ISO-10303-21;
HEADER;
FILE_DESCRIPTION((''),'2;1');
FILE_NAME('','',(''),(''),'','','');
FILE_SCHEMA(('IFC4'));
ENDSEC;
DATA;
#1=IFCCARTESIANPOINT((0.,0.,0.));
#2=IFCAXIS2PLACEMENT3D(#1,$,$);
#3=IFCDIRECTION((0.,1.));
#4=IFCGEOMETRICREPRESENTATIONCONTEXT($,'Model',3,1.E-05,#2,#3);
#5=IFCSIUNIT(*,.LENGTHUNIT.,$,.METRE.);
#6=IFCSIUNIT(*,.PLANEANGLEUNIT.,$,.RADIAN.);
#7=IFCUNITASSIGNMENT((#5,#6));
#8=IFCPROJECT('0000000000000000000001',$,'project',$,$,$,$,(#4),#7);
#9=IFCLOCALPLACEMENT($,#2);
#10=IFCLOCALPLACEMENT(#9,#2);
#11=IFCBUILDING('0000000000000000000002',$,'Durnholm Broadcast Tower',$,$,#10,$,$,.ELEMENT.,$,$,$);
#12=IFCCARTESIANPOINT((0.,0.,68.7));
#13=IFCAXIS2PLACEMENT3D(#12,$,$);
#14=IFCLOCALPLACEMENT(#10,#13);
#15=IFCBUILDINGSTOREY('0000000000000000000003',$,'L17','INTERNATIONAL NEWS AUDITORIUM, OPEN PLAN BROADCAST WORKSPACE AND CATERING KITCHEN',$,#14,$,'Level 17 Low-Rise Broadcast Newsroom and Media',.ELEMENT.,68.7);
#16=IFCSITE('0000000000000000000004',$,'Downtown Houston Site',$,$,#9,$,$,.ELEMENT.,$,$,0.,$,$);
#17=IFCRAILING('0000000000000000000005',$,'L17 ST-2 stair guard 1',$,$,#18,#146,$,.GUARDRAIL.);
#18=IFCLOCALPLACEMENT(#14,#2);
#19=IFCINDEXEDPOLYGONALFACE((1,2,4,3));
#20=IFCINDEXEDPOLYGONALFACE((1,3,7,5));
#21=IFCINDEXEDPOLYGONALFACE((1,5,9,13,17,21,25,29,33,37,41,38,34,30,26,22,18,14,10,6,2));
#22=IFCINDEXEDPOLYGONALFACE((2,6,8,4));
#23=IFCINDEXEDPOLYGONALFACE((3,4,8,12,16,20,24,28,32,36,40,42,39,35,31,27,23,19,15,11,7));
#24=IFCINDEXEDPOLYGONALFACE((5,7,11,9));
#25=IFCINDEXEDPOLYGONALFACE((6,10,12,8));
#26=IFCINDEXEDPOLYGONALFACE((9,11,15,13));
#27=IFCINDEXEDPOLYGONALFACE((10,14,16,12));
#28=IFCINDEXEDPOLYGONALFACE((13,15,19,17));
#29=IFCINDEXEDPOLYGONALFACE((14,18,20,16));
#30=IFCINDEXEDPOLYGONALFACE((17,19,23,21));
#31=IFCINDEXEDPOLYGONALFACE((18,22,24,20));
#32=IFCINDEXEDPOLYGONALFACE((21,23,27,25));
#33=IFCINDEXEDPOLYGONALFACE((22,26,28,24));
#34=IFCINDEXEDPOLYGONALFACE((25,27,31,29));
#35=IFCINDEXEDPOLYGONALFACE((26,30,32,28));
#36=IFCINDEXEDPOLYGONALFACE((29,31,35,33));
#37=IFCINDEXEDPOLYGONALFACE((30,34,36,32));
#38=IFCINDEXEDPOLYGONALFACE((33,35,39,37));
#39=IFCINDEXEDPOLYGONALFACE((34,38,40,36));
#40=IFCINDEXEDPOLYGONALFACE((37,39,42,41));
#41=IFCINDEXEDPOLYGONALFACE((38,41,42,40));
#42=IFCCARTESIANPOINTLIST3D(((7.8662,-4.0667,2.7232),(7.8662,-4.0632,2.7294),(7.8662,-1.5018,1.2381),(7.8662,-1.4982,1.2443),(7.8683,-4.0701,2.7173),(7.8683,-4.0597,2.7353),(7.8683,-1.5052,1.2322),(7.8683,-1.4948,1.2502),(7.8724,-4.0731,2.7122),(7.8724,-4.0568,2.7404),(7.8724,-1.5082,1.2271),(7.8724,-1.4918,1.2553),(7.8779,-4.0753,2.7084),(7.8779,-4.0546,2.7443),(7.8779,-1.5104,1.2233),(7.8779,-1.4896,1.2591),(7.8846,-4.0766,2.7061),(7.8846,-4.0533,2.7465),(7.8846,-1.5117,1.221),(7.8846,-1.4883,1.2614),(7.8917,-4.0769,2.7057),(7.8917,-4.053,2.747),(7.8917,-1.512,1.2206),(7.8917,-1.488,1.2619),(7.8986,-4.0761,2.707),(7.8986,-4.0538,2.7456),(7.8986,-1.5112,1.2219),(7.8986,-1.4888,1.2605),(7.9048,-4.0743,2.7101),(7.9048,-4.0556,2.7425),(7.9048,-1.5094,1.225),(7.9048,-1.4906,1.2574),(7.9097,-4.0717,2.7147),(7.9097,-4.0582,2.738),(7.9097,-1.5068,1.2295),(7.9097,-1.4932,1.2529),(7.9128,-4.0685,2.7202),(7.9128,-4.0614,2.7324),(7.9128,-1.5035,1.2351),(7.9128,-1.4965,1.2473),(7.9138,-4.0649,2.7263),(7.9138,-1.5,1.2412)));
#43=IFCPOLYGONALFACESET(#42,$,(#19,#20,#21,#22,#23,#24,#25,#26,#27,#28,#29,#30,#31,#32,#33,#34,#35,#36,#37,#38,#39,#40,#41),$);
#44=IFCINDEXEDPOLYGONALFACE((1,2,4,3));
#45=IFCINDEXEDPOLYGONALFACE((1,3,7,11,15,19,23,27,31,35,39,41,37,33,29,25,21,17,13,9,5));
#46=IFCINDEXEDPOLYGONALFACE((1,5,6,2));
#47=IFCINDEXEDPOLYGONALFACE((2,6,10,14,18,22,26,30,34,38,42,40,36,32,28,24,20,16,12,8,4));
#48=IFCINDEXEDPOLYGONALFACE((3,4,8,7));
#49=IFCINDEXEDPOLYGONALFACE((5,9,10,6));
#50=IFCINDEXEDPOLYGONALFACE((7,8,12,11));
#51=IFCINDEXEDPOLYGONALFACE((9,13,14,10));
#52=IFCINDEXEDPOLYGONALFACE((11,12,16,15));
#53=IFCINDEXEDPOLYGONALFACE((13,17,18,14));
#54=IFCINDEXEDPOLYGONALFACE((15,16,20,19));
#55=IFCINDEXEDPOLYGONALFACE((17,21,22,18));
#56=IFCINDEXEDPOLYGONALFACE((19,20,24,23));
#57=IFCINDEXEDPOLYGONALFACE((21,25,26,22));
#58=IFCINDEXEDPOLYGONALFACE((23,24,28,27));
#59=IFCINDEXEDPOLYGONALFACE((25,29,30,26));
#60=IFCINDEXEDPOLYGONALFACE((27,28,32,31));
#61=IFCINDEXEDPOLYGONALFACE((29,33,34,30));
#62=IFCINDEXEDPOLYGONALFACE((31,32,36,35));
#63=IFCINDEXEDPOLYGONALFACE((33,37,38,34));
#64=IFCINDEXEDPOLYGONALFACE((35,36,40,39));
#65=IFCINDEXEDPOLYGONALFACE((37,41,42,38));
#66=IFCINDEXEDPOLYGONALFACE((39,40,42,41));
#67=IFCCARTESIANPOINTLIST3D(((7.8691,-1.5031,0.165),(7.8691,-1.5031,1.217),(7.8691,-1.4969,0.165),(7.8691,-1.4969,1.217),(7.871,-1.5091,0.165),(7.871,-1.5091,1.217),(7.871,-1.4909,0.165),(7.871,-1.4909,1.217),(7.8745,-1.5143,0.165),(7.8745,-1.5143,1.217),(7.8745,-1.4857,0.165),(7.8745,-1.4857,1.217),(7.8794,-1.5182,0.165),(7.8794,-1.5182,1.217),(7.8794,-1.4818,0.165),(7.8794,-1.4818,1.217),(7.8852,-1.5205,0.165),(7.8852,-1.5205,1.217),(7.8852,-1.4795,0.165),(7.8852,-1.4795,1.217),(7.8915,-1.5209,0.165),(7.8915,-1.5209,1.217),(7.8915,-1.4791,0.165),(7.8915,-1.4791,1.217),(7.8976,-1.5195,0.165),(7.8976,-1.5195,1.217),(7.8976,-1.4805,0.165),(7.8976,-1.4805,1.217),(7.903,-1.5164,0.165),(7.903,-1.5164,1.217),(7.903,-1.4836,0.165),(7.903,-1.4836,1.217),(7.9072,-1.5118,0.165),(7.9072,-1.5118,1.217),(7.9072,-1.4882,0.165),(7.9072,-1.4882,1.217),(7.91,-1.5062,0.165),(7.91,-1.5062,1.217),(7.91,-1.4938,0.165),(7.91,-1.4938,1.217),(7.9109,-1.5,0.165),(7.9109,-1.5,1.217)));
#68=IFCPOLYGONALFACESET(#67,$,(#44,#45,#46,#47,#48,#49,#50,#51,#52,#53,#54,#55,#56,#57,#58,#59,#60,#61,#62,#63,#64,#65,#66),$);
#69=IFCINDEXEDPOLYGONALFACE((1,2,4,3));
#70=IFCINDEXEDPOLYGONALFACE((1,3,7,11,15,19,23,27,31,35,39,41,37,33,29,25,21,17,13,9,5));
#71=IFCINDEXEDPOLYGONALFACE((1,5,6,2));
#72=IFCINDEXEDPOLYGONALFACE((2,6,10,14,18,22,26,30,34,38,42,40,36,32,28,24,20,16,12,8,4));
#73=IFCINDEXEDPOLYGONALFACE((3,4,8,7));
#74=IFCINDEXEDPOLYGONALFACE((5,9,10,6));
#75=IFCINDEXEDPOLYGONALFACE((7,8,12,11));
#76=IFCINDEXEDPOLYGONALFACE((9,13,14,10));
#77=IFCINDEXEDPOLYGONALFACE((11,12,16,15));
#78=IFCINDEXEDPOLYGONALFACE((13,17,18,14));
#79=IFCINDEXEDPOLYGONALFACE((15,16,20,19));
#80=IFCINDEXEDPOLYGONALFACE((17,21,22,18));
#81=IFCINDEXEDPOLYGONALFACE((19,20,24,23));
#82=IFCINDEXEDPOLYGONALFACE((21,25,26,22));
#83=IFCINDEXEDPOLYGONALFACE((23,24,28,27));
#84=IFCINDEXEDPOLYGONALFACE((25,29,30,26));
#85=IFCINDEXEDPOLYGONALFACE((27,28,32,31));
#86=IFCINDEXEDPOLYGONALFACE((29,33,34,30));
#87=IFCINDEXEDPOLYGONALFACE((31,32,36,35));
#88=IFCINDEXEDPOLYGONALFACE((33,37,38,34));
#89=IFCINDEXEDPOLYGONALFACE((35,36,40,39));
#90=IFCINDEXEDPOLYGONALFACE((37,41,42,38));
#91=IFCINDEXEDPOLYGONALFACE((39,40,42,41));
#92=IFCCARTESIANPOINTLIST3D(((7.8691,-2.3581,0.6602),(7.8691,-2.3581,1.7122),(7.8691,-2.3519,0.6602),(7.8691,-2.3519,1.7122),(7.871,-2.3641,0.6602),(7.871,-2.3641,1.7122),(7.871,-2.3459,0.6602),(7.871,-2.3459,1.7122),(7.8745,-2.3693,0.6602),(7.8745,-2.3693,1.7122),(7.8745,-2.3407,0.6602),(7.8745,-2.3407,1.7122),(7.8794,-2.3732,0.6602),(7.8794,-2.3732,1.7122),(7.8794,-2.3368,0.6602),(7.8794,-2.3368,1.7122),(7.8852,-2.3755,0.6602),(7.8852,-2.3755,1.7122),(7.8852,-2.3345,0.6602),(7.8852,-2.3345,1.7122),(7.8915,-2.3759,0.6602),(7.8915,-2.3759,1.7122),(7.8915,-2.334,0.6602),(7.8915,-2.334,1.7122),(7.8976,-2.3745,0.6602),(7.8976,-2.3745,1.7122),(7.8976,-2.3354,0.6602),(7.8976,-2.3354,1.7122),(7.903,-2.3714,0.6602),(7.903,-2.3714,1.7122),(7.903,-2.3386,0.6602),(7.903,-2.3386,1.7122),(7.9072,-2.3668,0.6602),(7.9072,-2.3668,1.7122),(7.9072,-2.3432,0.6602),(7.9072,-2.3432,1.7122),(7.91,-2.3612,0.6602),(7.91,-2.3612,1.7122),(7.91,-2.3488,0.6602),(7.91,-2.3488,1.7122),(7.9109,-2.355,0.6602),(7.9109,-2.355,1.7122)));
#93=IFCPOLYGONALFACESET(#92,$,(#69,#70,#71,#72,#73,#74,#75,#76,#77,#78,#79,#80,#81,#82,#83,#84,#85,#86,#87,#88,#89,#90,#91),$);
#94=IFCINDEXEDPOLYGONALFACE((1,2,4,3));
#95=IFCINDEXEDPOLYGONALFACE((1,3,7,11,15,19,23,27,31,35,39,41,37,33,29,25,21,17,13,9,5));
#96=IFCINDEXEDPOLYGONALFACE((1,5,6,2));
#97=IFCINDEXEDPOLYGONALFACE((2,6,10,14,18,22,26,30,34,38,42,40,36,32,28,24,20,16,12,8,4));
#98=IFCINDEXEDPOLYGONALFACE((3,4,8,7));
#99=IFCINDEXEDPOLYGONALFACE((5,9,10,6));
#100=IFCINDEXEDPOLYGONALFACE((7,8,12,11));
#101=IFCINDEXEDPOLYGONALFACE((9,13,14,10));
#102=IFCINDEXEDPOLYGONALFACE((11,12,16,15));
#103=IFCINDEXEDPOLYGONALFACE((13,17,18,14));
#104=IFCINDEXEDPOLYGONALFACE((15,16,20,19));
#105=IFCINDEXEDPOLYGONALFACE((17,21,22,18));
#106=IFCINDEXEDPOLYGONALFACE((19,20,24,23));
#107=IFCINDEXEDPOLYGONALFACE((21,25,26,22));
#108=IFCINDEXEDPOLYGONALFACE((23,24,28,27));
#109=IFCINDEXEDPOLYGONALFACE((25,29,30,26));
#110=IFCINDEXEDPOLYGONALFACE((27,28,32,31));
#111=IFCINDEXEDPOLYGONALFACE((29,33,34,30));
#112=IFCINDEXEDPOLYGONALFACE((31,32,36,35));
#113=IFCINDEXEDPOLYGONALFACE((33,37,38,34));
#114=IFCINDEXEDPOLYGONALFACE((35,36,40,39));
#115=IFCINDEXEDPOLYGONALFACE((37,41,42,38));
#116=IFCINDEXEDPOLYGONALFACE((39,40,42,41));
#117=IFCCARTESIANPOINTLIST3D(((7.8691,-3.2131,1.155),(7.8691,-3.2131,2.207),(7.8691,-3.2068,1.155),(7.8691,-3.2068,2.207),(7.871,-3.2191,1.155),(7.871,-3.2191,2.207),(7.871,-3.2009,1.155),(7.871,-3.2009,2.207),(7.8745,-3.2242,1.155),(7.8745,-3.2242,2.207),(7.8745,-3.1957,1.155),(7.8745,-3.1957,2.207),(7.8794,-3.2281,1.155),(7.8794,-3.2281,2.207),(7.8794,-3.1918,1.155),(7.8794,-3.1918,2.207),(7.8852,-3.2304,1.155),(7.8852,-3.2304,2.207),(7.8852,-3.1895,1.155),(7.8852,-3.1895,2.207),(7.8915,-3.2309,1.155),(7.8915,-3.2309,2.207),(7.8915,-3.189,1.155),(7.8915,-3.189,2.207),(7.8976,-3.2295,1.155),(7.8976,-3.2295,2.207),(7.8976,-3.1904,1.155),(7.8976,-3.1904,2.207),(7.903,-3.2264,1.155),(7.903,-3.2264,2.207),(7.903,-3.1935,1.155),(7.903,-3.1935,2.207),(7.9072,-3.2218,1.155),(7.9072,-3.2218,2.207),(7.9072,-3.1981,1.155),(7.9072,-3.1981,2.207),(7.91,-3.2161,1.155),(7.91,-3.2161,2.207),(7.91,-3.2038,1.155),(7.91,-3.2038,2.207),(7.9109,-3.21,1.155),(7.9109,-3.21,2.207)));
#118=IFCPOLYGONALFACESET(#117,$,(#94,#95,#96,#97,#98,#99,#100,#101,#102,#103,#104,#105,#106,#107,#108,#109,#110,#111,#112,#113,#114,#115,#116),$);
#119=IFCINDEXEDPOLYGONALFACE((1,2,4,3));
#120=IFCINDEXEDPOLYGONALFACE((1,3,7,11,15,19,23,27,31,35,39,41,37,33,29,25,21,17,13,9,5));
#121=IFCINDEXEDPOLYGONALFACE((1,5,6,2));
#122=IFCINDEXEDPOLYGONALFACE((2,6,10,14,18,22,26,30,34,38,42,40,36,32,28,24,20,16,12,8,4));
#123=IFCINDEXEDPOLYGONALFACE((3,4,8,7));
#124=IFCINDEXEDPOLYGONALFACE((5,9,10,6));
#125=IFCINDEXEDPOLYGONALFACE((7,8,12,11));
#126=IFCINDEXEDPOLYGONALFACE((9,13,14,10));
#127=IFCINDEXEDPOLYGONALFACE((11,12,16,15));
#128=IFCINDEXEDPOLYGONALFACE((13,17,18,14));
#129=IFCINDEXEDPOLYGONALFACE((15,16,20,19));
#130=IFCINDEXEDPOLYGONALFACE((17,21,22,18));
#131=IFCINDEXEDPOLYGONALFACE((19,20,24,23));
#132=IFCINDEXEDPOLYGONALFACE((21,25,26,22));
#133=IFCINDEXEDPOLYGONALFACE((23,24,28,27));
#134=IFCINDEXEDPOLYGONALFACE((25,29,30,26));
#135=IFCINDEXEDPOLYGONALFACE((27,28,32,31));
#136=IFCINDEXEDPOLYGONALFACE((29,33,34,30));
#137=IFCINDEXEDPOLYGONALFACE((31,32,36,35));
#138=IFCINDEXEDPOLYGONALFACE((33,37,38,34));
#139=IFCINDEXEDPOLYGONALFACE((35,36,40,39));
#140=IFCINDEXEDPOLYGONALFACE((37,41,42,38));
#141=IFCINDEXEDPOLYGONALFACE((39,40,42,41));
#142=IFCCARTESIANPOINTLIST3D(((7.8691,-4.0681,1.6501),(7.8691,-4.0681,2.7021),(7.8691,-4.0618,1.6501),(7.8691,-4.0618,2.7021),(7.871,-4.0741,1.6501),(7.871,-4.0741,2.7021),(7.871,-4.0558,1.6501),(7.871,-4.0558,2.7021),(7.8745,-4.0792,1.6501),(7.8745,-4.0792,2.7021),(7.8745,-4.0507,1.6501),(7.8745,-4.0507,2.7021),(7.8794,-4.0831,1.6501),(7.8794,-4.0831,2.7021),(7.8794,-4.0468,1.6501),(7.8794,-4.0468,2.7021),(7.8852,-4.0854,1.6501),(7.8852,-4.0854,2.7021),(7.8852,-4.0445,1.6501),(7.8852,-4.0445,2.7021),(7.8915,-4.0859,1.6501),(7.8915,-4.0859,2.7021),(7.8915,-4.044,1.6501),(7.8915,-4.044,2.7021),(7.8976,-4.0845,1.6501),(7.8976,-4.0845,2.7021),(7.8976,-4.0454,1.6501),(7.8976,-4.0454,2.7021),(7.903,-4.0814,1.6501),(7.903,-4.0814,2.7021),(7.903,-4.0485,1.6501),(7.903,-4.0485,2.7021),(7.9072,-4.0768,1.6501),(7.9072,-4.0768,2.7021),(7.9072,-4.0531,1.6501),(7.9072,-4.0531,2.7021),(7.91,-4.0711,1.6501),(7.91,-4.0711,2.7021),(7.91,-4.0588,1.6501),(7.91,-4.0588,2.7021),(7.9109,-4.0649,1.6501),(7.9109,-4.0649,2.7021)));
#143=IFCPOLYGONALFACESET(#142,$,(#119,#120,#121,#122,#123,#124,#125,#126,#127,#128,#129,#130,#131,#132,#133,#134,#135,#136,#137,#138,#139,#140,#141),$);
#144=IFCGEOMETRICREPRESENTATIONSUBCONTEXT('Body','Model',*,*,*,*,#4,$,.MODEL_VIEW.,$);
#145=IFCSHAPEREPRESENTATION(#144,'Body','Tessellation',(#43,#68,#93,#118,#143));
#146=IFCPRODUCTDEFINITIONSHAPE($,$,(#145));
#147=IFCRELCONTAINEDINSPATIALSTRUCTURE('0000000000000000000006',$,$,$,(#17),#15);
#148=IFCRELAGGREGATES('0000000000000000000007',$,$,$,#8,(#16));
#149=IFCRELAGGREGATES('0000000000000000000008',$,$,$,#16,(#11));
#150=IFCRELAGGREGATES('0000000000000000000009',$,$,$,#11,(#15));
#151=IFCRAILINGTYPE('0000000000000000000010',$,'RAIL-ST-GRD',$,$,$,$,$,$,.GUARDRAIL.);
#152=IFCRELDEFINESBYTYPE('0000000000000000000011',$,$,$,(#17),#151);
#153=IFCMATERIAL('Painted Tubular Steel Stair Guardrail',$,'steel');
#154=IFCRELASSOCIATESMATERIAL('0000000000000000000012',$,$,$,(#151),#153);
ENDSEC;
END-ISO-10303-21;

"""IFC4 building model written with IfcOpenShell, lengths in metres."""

from ifc_helpers import new_model, si_unit, direction, frame, origin, origin_2d, place, context, subcontext, project, spatial, circle, extrude, material, type_object, element, save


model = new_model("IFC4")

# Units and contexts
model_context = context("Model", 3, precision=1e-05, world=origin(), true_north=direction((0.0, 1.0)))
body_context = subcontext(model_context, "Body", "Model", "MODEL_VIEW")
ifc_project = project(units=[si_unit("LENGTHUNIT", "METRE"), si_unit("PLANEANGLEUNIT", "RADIAN")], contexts=[model_context])

# Site, building, storey
site_placement = place(None, origin())
site = spatial("IfcSite", under=ifc_project, at=site_placement, Name="Downtown Houston Site", CompositionType="ELEMENT", RefElevation=0.0)
building_placement = place(site_placement, origin())
building = spatial("IfcBuilding", under=site, at=building_placement, Name="Durnholm Broadcast Tower", CompositionType="ELEMENT")
storey_placement = place(building_placement, frame((0.0, 0.0, 68.7)))
storey = spatial("IfcBuildingStorey", under=building, at=storey_placement, Name="L17", Description="INTERNATIONAL NEWS AUDITORIUM, OPEN PLAN BROADCAST WORKSPACE AND CATERING KITCHEN", LongName="Level 17 Low-Rise Broadcast Newsroom and Media", CompositionType="ELEMENT", Elevation=68.7)

# Railing
ifc_material_1 = material(Name="Painted Tubular Steel Stair Guardrail", Category="steel")
railing_type_1 = type_object("IfcRailingType", Name="RAIL-ST-GRD", PredefinedType="GUARDRAIL", material=ifc_material_1)
railing_1_placement = place(storey_placement, frame((7.8899, -1.5, 0.165)))
element("IfcRailing", 1, at=railing_1_placement, inside=storey, type_object=railing_type_1, Name="L17 ST-2 stair guard 1", PredefinedType="GUARDRAIL", context=body_context, shape_type="SweptSolid", body=[
    extrude(circle(Radius=0.0239, at=origin_2d()), frame((0.0, 0.0, 1.0762), z_axis=(0.0, -0.865406, 0.501072), x_axis=(1.0, 0.0, 0.0)), (0.0, 0.0, 1.0), 2.9639),
    extrude(circle(Radius=0.021, at=origin_2d()), origin(), (0.0, 0.0, 1.0), 1.052),
    extrude(circle(Radius=0.021, at=origin_2d()), frame((0.0, -0.855, 0.4951)), (0.0, 0.0, 1.0), 1.052),
    extrude(circle(Radius=0.021, at=origin_2d()), frame((0.0, -1.71, 0.99)), (0.0, 0.0, 1.0), 1.052),
    extrude(circle(Radius=0.021, at=origin_2d()), frame((0.0, -2.5649, 1.4851)), (0.0, 0.0, 1.0), 1.052),
])

save(model, "model.ifc")
